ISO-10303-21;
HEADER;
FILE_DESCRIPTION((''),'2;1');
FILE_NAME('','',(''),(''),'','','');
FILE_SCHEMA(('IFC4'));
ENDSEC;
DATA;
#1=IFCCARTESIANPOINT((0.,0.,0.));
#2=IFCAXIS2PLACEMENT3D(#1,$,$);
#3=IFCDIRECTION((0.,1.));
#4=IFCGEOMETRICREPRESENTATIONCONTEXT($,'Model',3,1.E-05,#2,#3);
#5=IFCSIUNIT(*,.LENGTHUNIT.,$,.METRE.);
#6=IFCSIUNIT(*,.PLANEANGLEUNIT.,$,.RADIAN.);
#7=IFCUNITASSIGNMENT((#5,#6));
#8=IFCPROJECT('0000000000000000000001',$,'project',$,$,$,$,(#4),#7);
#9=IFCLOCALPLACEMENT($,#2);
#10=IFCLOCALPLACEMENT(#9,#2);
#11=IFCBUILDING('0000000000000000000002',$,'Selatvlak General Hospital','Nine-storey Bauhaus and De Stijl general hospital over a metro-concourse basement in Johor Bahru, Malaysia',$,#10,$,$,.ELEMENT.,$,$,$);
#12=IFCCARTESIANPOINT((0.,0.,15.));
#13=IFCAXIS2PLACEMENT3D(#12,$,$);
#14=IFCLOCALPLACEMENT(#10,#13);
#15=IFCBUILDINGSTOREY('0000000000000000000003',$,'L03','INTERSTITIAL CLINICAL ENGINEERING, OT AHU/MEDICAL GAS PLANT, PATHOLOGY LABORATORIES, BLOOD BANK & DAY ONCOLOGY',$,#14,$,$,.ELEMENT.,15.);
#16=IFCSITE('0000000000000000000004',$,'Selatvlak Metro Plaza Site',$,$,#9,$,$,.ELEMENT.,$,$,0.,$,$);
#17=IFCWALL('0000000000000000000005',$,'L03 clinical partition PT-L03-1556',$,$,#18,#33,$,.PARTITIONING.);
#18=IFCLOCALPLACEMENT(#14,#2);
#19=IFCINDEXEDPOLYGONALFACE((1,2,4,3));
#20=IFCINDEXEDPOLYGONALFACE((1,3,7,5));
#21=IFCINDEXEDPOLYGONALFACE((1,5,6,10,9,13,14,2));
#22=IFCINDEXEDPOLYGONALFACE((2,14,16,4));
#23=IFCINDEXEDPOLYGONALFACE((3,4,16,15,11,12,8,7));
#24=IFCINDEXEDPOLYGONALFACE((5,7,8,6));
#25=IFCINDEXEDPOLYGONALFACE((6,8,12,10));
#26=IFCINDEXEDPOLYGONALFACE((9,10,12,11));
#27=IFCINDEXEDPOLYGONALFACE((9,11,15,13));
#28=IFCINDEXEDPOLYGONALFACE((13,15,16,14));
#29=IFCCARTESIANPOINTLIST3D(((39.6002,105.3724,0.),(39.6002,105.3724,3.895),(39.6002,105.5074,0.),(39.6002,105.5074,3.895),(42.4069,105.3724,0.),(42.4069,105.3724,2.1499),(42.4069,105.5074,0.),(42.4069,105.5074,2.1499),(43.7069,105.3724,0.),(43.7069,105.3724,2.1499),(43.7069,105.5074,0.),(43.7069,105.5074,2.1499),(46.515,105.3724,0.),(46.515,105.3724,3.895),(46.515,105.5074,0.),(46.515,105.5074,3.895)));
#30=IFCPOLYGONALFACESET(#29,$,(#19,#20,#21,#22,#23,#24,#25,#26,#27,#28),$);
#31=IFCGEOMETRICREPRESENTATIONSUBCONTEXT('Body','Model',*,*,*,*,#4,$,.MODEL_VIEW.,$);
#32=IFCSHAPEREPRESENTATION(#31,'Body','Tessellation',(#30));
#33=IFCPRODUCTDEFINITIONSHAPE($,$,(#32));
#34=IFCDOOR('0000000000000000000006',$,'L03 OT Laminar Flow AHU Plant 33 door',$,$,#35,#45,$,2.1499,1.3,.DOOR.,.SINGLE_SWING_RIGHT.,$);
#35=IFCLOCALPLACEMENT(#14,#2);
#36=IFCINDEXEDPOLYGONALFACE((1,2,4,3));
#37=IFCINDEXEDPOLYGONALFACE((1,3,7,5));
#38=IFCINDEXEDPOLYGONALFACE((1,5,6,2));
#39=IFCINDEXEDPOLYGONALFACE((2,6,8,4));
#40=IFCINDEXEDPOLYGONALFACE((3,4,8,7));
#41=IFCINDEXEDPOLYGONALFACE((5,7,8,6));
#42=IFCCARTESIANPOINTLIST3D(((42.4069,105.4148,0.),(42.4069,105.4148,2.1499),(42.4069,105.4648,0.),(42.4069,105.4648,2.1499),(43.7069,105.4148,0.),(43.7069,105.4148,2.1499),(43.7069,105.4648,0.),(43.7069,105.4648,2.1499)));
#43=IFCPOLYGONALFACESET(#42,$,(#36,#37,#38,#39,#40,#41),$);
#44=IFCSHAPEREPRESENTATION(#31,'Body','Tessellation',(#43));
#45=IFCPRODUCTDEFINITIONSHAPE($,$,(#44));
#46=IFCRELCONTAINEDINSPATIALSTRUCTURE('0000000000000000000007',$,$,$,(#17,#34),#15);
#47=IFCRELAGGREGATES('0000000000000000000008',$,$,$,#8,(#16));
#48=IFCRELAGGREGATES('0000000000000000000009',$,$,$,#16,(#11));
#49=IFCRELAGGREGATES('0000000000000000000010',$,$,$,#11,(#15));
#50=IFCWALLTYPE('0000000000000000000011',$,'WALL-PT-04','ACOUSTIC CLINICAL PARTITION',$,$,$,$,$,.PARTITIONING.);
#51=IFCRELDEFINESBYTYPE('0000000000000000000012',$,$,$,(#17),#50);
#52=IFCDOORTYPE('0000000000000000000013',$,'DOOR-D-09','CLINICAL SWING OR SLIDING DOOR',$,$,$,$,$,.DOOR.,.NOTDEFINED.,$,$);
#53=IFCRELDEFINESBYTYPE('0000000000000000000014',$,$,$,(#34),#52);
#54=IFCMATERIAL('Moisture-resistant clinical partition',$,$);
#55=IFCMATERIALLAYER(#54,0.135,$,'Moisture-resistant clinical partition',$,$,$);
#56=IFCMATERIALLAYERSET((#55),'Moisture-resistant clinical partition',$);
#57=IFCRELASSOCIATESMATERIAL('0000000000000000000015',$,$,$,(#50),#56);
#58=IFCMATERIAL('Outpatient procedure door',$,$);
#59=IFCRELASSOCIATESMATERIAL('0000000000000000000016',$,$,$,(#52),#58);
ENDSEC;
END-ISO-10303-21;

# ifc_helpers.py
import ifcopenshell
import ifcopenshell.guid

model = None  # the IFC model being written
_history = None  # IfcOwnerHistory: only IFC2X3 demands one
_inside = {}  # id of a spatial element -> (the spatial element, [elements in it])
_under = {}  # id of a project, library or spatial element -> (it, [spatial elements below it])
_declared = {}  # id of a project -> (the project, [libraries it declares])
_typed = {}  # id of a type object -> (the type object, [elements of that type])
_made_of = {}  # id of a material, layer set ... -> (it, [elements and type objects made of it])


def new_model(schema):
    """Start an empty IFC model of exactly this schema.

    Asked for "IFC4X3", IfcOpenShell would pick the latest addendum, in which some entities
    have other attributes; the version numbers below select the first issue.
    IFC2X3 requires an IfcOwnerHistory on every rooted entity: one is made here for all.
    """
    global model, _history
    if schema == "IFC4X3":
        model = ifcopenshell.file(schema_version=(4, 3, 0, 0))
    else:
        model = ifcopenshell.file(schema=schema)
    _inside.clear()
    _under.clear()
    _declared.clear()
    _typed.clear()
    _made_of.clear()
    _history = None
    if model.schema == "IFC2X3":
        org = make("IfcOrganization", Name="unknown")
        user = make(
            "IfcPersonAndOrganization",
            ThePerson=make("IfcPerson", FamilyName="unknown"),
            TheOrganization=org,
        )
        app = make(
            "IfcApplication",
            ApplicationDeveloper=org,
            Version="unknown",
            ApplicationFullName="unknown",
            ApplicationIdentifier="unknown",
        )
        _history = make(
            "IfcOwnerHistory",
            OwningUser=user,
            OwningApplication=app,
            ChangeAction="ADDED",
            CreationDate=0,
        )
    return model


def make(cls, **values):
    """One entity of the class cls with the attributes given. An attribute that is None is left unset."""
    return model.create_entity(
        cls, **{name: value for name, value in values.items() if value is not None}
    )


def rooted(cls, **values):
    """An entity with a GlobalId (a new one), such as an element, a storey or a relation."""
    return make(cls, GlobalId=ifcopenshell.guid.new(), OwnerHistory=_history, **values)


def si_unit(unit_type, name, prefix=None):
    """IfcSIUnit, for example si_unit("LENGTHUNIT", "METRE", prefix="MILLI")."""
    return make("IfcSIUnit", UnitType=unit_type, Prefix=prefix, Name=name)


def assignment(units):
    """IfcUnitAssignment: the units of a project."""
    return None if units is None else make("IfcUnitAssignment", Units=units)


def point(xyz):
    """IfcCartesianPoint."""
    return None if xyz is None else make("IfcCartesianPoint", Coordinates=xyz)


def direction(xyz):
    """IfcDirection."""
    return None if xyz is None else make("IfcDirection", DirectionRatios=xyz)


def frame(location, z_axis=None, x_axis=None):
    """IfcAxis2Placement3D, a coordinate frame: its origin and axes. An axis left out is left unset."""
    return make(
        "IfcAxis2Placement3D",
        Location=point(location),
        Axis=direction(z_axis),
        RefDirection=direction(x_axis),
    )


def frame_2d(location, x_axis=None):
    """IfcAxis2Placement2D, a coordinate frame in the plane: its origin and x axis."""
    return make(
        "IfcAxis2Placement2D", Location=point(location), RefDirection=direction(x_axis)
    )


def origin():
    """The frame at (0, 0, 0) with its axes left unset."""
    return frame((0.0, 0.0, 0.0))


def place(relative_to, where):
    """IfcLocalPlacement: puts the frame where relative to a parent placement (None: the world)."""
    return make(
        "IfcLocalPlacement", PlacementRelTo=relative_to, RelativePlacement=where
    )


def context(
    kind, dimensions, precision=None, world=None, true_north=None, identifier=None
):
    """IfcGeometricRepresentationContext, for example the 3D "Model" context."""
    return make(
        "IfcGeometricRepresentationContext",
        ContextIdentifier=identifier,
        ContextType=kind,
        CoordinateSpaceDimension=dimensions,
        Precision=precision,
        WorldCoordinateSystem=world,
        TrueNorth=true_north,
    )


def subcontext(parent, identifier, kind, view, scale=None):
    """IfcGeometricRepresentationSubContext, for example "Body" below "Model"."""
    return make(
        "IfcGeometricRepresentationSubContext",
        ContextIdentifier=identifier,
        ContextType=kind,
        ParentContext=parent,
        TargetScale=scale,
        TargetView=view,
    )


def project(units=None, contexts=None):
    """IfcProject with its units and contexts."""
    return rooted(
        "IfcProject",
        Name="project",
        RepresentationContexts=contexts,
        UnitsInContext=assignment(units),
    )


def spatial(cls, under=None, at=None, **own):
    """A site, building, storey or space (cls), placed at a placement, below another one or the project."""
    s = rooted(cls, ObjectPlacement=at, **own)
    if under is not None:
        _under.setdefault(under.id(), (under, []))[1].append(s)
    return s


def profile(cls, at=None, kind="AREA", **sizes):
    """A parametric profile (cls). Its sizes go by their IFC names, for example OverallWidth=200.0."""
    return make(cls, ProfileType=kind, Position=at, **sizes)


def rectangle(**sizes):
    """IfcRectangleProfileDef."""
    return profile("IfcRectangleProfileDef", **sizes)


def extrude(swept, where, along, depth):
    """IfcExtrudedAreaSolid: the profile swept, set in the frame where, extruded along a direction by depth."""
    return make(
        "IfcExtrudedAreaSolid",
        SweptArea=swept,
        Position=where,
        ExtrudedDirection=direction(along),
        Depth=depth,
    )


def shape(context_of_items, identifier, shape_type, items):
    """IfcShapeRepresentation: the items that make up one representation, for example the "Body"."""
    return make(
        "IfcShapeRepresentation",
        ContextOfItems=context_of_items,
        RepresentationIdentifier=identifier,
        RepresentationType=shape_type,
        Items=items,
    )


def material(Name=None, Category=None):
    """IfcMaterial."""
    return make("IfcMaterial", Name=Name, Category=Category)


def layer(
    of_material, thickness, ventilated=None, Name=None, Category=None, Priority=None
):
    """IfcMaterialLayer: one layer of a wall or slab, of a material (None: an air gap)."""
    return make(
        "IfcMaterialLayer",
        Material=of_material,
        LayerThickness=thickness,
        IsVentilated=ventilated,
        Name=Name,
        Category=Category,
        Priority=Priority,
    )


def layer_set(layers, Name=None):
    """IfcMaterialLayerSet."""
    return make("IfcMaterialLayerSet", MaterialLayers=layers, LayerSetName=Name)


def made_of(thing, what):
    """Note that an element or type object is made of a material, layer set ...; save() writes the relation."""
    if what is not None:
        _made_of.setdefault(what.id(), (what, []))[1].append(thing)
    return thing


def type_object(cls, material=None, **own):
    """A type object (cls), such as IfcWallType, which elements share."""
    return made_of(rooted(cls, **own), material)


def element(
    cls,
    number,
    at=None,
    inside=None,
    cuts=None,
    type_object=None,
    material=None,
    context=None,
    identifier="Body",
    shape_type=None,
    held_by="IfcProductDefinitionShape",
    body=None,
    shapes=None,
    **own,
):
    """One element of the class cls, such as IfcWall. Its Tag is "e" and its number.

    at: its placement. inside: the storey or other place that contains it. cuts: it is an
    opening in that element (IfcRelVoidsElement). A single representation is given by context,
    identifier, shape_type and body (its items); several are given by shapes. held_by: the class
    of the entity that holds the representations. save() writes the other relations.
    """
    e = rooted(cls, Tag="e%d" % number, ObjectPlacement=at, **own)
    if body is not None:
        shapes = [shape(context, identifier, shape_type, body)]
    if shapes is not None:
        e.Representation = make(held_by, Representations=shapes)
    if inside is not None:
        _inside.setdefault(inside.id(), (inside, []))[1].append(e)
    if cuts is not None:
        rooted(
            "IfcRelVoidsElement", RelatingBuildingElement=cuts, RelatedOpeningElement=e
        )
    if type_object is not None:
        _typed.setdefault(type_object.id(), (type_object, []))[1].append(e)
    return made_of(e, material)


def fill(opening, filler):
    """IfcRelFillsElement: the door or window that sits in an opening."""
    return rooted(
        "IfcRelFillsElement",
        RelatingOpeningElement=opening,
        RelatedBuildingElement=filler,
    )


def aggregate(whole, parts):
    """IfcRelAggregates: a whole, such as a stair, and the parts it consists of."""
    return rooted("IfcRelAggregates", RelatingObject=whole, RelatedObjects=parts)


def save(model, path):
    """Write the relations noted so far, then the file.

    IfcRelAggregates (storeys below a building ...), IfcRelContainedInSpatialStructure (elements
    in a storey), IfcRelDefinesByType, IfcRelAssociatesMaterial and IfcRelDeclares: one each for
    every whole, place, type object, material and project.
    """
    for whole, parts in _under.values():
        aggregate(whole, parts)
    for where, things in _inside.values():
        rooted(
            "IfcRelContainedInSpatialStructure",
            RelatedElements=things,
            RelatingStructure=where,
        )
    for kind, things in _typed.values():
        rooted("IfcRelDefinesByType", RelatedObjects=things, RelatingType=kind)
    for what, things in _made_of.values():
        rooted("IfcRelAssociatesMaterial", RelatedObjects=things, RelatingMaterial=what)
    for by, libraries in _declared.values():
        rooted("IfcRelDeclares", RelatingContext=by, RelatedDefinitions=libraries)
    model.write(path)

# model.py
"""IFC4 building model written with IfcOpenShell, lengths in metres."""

from ifc_helpers import new_model, si_unit, direction, frame, frame_2d, origin, place, context, subcontext, project, spatial, rectangle, extrude, material, layer, layer_set, type_object, element, fill, save


model = new_model("IFC4")

# Units and contexts
model_context = context("Model", 3, precision=1e-05, world=origin(), true_north=direction((0.0, 1.0)))
body_context = subcontext(model_context, "Body", "Model", "MODEL_VIEW")
ifc_project = project(units=[si_unit("LENGTHUNIT", "METRE"), si_unit("PLANEANGLEUNIT", "RADIAN")], contexts=[model_context])

# Site, building, storey
site_placement = place(None, origin())
site = spatial("IfcSite", under=ifc_project, at=site_placement, Name="Selatvlak Metro Plaza Site", CompositionType="ELEMENT", RefElevation=0.0)
building_placement = place(site_placement, origin())
building = spatial("IfcBuilding", under=site, at=building_placement, Name="Selatvlak General Hospital", Description="Nine-storey Bauhaus and De Stijl general hospital over a metro-concourse basement in Johor Bahru, Malaysia", CompositionType="ELEMENT")
storey_placement = place(building_placement, frame((0.0, 0.0, 15.0)))
storey = spatial("IfcBuildingStorey", under=building, at=storey_placement, Name="L03", Description="INTERSTITIAL CLINICAL ENGINEERING, OT AHU/MEDICAL GAS PLANT, PATHOLOGY LABORATORIES, BLOOD BANK & DAY ONCOLOGY", CompositionType="ELEMENT", Elevation=15.0)

# Wall, opening, door
ifc_material_1 = material(Name="Moisture-resistant clinical partition")
ifc_layer_1 = layer(ifc_material_1, 0.135, Name="Moisture-resistant clinical partition")
ifc_layer_set_1 = layer_set([ifc_layer_1], Name="Moisture-resistant clinical partition")
wall_type_1 = type_object("IfcWallType", Name="WALL-PT-04", Description="ACOUSTIC CLINICAL PARTITION", PredefinedType="PARTITIONING", material=ifc_layer_set_1)
wall_1_placement = place(storey_placement, frame((39.6001, 105.4399, 0.0), z_axis=(0.0, 0.0, 1.0), x_axis=(1.0, 0.0, 0.0)))
wall_1 = element("IfcWall", 1, at=wall_1_placement, inside=storey, type_object=wall_type_1, Name="L03 clinical partition PT-L03-1556", PredefinedType="PARTITIONING", context=body_context, shape_type="SweptSolid", body=[
    extrude(rectangle(XDim=6.9148, YDim=0.135, at=frame_2d((3.4575, 0.0))), origin(), (0.0, 0.0, 1.0), 3.895),
])
opening_placement = place(wall_1_placement, frame((2.8069, 0.0, 0.0)))
opening = element("IfcOpeningElement", 2, at=opening_placement, cuts=wall_1, PredefinedType="OPENING", context=body_context, shape_type="SweptSolid", body=[
    extrude(rectangle(XDim=1.3, YDim=2.1499, at=frame_2d((0.6499, 1.075))), frame((0.0, 0.0774, 0.0), z_axis=(0.0, -1.0, 0.0), x_axis=(1.0, 0.0, 0.0)), (0.0, 0.0, 1.0), 0.155),
])
ifc_material_2 = material(Name="Outpatient procedure door")
door_type = type_object("IfcDoorType", Name="DOOR-D-09", Description="CLINICAL SWING OR SLIDING DOOR", OperationType="NOTDEFINED", PredefinedType="DOOR", material=ifc_material_2)
door_placement = place(opening_placement, origin())
door = element("IfcDoor", 3, at=door_placement, inside=storey, type_object=door_type, Name="L03 OT Laminar Flow AHU Plant 33 door", OperationType="SINGLE_SWING_RIGHT", OverallHeight=2.1499, OverallWidth=1.3, PredefinedType="DOOR", context=body_context, shape_type="SweptSolid", body=[
    extrude(rectangle(XDim=1.3, YDim=2.1499, at=frame_2d((0.6499, 1.075))), frame((0.0, 0.0249, 0.0), z_axis=(0.0, -1.0, 0.0), x_axis=(1.0, 0.0, 0.0)), (0.0, 0.0, 1.0), 0.05),
])
fill(opening, door)

save(model, "model.ifc")
